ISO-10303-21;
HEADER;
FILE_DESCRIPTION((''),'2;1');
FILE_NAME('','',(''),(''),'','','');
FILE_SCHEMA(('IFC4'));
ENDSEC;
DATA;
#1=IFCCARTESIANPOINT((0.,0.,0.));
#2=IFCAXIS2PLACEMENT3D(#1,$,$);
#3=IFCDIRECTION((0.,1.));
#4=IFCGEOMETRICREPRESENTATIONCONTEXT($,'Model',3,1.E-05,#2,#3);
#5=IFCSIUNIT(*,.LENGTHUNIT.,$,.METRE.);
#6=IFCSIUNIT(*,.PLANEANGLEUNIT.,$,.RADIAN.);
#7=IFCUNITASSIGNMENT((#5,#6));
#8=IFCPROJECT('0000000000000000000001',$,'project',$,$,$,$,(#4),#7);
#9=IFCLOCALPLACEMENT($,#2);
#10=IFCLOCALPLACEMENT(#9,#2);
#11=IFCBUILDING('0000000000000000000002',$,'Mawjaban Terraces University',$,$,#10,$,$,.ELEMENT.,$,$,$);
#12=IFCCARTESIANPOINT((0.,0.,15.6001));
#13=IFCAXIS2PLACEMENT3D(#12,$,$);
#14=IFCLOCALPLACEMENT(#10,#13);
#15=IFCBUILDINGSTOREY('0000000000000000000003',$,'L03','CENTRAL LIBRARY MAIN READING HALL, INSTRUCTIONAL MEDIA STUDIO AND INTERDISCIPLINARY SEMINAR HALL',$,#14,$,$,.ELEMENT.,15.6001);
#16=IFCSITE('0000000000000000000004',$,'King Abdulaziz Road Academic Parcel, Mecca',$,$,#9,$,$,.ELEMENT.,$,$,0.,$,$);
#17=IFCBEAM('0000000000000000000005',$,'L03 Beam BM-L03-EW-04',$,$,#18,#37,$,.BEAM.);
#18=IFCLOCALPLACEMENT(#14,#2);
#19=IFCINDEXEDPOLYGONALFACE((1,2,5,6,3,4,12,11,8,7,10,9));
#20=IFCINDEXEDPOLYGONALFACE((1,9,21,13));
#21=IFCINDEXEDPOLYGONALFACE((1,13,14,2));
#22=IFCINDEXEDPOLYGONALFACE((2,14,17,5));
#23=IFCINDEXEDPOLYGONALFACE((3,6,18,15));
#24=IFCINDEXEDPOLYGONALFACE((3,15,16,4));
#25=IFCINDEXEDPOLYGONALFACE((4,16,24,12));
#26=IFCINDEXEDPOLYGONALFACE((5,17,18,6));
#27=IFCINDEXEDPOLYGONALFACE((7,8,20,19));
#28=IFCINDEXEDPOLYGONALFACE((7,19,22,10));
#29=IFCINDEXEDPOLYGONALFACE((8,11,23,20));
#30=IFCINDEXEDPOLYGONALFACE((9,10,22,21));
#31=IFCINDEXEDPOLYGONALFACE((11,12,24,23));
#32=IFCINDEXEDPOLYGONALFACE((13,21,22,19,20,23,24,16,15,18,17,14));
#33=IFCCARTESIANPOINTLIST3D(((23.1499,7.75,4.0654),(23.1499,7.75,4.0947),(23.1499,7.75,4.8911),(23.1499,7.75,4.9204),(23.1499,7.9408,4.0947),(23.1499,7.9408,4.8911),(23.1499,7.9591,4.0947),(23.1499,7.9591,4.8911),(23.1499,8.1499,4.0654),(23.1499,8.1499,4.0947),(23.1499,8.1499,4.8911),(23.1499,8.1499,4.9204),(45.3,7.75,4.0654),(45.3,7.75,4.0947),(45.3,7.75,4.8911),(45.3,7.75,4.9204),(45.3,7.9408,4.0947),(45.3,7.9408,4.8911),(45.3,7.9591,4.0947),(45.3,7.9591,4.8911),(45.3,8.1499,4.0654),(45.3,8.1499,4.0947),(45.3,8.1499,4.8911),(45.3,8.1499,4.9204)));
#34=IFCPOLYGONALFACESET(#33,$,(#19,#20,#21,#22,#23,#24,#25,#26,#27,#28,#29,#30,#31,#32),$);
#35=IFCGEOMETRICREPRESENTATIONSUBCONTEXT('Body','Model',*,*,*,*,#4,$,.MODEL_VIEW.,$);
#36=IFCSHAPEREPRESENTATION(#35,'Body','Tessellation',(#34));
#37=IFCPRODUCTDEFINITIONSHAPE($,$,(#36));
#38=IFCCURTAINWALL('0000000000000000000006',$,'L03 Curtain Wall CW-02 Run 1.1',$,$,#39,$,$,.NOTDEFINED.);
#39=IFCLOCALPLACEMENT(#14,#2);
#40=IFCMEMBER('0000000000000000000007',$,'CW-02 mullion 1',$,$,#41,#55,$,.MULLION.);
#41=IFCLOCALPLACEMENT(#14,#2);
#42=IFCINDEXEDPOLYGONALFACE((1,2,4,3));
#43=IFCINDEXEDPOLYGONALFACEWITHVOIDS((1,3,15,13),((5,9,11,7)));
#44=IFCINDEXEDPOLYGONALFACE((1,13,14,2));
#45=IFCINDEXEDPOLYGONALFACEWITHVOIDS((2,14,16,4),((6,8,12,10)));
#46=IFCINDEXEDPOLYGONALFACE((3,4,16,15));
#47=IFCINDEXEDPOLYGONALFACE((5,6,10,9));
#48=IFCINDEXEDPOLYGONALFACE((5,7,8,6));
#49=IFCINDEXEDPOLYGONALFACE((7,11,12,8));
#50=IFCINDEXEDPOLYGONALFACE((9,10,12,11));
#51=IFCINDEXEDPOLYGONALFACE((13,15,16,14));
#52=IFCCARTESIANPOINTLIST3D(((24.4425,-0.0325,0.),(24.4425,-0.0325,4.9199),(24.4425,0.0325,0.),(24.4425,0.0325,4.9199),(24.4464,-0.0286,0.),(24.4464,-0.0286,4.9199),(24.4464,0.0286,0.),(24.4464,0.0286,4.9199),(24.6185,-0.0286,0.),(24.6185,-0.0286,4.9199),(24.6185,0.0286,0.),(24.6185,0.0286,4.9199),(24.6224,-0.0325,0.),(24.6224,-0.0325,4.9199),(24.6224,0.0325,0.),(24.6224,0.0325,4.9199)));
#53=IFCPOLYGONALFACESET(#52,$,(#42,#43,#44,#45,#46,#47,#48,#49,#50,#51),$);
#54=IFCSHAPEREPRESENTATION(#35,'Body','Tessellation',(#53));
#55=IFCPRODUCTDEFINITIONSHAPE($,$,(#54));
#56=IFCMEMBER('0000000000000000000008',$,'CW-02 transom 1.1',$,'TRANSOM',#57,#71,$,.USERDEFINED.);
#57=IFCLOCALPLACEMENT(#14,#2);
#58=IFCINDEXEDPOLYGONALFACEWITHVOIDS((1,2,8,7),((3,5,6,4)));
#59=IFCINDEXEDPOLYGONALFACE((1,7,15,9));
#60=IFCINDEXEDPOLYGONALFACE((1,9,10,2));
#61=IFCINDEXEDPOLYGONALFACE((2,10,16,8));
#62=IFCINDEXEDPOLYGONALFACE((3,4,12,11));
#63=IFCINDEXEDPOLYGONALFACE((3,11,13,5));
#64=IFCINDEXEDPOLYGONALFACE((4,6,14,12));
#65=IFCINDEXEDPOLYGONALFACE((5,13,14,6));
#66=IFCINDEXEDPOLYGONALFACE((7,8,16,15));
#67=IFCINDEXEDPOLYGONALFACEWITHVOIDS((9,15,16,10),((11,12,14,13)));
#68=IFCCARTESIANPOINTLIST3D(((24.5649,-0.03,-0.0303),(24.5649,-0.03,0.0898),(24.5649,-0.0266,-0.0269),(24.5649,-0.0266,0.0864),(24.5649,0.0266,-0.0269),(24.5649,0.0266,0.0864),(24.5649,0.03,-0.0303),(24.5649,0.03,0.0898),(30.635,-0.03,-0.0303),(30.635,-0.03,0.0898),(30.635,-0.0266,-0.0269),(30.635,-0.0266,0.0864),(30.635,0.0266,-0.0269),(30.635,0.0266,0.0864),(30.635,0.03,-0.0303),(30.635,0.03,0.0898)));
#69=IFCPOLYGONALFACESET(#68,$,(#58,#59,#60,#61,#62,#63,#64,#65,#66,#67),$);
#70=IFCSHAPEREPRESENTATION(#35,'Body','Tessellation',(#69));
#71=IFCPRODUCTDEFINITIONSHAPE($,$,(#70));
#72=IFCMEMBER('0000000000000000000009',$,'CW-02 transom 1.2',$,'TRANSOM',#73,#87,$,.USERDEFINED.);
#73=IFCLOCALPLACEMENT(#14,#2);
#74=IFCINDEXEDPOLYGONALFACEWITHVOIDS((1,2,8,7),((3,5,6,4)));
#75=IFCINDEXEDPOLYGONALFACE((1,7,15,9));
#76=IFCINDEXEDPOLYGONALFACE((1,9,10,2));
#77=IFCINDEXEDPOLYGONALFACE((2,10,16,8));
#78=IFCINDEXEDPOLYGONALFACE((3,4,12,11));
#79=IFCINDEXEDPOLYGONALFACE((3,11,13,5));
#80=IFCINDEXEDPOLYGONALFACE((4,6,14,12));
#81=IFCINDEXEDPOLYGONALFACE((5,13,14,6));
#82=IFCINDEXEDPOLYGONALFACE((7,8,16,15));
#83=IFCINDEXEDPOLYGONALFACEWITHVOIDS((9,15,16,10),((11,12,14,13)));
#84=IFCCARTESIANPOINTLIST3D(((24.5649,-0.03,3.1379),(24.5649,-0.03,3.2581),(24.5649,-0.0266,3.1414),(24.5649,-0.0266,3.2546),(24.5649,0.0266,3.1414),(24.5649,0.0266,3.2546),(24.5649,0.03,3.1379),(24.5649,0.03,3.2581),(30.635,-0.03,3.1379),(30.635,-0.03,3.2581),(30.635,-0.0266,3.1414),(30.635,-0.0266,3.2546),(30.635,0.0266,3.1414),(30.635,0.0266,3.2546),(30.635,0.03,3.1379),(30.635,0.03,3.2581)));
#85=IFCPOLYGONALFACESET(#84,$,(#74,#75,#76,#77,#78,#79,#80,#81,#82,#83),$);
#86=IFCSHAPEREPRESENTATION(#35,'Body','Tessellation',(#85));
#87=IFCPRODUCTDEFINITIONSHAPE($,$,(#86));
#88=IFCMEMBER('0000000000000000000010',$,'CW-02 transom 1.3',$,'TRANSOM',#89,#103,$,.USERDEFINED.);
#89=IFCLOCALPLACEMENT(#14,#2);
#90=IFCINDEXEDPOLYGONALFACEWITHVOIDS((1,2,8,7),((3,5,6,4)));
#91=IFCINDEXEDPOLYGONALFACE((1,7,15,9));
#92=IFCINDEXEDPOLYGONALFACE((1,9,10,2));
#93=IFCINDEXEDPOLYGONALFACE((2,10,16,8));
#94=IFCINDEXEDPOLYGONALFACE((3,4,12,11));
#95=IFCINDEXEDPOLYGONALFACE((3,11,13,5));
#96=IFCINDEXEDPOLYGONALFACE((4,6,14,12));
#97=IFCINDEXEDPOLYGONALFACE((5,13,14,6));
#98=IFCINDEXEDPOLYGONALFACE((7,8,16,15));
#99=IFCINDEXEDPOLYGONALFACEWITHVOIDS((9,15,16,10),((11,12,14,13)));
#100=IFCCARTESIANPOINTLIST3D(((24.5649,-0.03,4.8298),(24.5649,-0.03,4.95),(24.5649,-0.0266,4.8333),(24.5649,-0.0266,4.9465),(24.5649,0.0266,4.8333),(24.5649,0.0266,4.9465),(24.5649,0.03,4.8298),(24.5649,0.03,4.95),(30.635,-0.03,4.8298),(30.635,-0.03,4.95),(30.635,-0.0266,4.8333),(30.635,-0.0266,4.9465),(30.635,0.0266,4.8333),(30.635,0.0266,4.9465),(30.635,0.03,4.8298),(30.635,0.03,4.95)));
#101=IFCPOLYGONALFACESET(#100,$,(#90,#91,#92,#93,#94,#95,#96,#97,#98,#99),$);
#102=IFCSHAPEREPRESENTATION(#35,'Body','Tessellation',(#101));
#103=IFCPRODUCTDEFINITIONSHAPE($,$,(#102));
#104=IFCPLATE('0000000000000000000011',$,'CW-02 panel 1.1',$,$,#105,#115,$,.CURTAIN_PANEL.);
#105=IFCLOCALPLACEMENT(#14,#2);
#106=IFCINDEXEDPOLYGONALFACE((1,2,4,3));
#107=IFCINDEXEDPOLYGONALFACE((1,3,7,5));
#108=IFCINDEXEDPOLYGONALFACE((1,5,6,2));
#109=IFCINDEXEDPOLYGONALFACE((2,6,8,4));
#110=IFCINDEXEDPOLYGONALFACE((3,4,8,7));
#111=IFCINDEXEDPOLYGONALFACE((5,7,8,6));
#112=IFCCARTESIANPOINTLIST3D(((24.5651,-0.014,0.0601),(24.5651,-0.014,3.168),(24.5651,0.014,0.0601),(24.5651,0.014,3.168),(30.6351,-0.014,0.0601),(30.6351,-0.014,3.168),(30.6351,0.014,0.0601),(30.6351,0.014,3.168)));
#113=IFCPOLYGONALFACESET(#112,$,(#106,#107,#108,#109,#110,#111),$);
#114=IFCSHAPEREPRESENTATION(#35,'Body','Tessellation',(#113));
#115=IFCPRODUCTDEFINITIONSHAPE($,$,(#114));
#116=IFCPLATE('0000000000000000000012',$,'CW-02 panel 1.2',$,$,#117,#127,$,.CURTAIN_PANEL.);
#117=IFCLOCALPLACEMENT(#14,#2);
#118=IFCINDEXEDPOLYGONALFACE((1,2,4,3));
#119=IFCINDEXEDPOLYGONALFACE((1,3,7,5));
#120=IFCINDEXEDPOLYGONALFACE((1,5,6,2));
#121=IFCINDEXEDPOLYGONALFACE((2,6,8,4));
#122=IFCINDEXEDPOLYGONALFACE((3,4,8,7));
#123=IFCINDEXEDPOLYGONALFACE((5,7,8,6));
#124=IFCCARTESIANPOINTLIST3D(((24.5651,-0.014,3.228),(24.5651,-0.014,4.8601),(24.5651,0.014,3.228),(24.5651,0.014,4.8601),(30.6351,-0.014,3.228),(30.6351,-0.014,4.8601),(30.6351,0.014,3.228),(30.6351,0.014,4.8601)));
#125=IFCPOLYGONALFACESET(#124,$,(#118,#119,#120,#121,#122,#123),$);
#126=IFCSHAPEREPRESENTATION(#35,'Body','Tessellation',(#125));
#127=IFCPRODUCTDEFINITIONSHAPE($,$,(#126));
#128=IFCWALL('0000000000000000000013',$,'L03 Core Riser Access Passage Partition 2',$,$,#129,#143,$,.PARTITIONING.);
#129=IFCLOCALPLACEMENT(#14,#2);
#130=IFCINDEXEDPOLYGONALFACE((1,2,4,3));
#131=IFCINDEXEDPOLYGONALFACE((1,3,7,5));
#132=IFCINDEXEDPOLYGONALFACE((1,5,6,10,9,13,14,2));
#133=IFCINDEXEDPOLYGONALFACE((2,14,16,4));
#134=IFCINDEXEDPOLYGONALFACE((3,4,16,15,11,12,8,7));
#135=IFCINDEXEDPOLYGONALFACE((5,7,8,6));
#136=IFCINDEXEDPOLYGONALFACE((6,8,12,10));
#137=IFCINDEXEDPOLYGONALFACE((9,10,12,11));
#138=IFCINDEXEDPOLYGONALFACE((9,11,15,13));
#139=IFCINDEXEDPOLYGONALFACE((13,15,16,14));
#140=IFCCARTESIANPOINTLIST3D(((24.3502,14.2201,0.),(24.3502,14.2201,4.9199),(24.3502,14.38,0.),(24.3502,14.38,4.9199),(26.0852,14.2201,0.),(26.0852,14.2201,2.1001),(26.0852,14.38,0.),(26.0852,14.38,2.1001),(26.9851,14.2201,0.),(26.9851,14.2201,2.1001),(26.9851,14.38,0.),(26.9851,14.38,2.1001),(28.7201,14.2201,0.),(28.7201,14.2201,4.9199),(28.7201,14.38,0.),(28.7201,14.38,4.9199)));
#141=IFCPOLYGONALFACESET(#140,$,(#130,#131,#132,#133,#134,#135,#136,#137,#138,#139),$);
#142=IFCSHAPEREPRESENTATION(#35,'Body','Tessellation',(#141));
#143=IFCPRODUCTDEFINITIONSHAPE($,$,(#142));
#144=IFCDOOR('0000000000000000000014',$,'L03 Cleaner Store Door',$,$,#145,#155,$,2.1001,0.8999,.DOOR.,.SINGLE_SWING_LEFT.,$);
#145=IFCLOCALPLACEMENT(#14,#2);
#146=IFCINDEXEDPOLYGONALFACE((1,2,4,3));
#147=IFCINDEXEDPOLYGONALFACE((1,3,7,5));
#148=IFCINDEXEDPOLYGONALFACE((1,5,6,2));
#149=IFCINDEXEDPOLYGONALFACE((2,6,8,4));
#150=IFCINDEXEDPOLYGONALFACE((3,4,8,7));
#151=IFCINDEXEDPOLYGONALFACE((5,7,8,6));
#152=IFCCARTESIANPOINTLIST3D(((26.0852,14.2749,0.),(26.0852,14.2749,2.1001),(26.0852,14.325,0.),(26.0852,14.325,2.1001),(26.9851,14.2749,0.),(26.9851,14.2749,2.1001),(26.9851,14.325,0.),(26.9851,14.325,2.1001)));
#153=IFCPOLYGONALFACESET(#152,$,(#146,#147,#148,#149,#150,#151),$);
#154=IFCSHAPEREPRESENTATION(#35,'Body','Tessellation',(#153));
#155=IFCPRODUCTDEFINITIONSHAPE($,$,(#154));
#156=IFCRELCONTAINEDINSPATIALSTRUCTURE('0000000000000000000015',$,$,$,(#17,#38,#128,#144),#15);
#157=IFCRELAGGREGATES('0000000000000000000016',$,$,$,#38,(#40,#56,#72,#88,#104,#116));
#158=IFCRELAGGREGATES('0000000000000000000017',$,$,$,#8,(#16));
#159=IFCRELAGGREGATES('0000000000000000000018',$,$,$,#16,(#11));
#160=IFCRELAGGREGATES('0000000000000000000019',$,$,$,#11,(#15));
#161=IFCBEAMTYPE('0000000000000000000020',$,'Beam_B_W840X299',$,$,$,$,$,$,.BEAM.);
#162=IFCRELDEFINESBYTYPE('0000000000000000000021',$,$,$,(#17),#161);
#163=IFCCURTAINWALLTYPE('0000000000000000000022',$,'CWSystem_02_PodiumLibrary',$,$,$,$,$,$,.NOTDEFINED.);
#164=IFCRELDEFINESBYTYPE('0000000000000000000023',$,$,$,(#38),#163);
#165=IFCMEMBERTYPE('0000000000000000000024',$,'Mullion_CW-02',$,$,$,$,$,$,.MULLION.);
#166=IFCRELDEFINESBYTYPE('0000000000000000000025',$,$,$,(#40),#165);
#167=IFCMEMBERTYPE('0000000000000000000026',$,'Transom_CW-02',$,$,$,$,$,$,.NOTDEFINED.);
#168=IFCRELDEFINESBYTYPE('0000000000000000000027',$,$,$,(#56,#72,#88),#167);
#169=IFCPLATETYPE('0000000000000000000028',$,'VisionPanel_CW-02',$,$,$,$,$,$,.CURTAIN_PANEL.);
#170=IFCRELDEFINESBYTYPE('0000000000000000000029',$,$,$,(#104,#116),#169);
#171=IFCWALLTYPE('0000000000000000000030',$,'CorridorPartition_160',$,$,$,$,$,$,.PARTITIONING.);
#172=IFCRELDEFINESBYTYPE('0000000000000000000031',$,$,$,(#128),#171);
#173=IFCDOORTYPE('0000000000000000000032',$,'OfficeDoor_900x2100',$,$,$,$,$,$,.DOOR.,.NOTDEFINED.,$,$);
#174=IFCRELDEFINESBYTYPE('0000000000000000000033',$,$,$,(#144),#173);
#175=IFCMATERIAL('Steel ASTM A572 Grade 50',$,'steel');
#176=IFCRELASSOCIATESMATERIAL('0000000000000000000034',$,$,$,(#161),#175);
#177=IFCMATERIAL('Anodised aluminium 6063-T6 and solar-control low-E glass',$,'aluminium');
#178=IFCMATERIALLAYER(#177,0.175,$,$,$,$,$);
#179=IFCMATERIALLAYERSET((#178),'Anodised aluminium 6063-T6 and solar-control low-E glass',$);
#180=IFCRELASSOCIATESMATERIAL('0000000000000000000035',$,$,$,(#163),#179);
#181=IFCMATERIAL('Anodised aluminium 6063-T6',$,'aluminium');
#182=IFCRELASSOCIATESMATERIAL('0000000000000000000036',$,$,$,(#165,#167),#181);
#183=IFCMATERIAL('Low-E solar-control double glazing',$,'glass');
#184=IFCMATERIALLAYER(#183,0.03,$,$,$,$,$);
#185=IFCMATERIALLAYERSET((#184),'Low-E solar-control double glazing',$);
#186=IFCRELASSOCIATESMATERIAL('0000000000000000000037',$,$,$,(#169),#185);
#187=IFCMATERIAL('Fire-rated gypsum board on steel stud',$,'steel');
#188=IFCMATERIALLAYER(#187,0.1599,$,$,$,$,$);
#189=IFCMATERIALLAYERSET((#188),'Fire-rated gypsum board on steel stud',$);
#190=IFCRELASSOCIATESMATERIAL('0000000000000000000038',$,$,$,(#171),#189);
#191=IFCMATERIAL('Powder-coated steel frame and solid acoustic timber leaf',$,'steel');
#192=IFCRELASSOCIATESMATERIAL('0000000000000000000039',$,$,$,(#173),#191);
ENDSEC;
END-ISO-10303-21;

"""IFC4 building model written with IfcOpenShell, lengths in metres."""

from ifc_helpers import new_model, si_unit, direction, frame, frame_2d, origin, origin_2d, place, context, subcontext, project, spatial, rectangle, hollow_rectangle, i_section, extrude, material, layer, layer_set, material_profile, profile_set, type_object, element, fill, aggregate, save


model = new_model("IFC4")

# Units and contexts
model_context = context("Model", 3, precision=1e-05, world=origin(), true_north=direction((0.0, 1.0)))
body_context = subcontext(model_context, "Body", "Model", "MODEL_VIEW")
ifc_project = project(units=[si_unit("LENGTHUNIT", "METRE"), si_unit("PLANEANGLEUNIT", "RADIAN")], contexts=[model_context])

# Site, building, storey
site_placement = place(None, origin())
site = spatial("IfcSite", under=ifc_project, at=site_placement, Name="King Abdulaziz Road Academic Parcel, Mecca", CompositionType="ELEMENT", RefElevation=0.0)
building_placement = place(site_placement, origin())
building = spatial("IfcBuilding", under=site, at=building_placement, Name="Mawjaban Terraces University", CompositionType="ELEMENT")
storey_placement = place(building_placement, frame((0.0, 0.0, 15.6001)))
storey = spatial("IfcBuildingStorey", under=building, at=storey_placement, Name="L03", Description="CENTRAL LIBRARY MAIN READING HALL, INSTRUCTIONAL MEDIA STUDIO AND INTERDISCIPLINARY SEMINAR HALL", CompositionType="ELEMENT", Elevation=15.6001)

# Beam
ifc_material_1 = material(Name="Steel ASTM A572 Grade 50", Category="steel")
ifc_material_profile_1 = material_profile(ifc_material_1, i_section(OverallWidth=0.3999, OverallDepth=0.855, WebThickness=0.0183, FlangeThickness=0.0293, at=origin_2d()), Name="W840X299")
ifc_profile_set_1 = profile_set([ifc_material_profile_1], Name="Steel ASTM A572 Grade 50")
beam_type = type_object("IfcBeamType", Name="Beam_B_W840X299", PredefinedType="BEAM", material=ifc_profile_set_1)
beam_placement = place(storey_placement, frame((23.1499, 7.95, 4.4929), z_axis=(1.0, 0.0, 0.0), x_axis=(0.0, 1.0, 0.0)))
element("IfcBeam", 1, at=beam_placement, inside=storey, type_object=beam_type, Name="L03 Beam BM-L03-EW-04", PredefinedType="BEAM", context=body_context, shape_type="SweptSolid", body=[
    extrude(i_section(OverallWidth=0.3999, OverallDepth=0.855, WebThickness=0.0183, FlangeThickness=0.0293, at=origin_2d()), origin(), (0.0, 0.0, 1.0), 22.1501),
])

# Curtain wall, members, plates
ifc_material_2 = material(Name="Anodised aluminium 6063-T6 and solar-control low-E glass", Category="aluminium")
ifc_layer_1 = layer(ifc_material_2, 0.175)
ifc_layer_set_1 = layer_set([ifc_layer_1], Name="Anodised aluminium 6063-T6 and solar-control low-E glass")
curtain_wall_type = type_object("IfcCurtainWallType", Name="CWSystem_02_PodiumLibrary", PredefinedType="NOTDEFINED", material=ifc_layer_set_1)
curtain_wall_placement = place(storey_placement, origin())
curtain_wall = element("IfcCurtainWall", 2, at=curtain_wall_placement, inside=storey, type_object=curtain_wall_type, Name="L03 Curtain Wall CW-02 Run 1.1", PredefinedType="NOTDEFINED")
ifc_material_3 = material(Name="Anodised aluminium 6063-T6", Category="aluminium")
ifc_material_profile_2 = material_profile(ifc_material_3, hollow_rectangle(XDim=0.0649, YDim=0.1799, WallThickness=0.0039, at=origin_2d()), Name="ALU180X65X4")
ifc_profile_set_2 = profile_set([ifc_material_profile_2], Name="Anodised aluminium 6063-T6")
member_type_1 = type_object("IfcMemberType", Name="Mullion_CW-02", PredefinedType="MULLION", material=ifc_profile_set_2)
member_1_placement = place(storey_placement, frame((24.5325, 0.0, 0.0), z_axis=(0.0, 0.0, 1.0), x_axis=(0.0, 1.0, 0.0)))
member_1 = element("IfcMember", 3, at=member_1_placement, type_object=member_type_1, Name="CW-02 mullion 1", PredefinedType="MULLION", context=body_context, shape_type="SweptSolid", body=[
    extrude(hollow_rectangle(XDim=0.0649, YDim=0.1799, WallThickness=0.0039, at=origin_2d()), origin(), (0.0, 0.0, 1.0), 4.9199),
])
ifc_material_profile_3 = material_profile(ifc_material_3, hollow_rectangle(XDim=0.0601, YDim=0.1201, WallThickness=0.0034, at=origin_2d()), Name="ALU120X60X3.5")
ifc_profile_set_3 = profile_set([ifc_material_profile_3], Name="Anodised aluminium 6063-T6")
member_type_2 = type_object("IfcMemberType", Name="Transom_CW-02", PredefinedType="NOTDEFINED", material=ifc_profile_set_3)
member_2_placement = place(storey_placement, frame((24.5649, 0.0, 0.0298), z_axis=(1.0, 0.0, 0.0), x_axis=(0.0, 1.0, 0.0)))
member_2 = element("IfcMember", 4, at=member_2_placement, type_object=member_type_2, Name="CW-02 transom 1.1", ObjectType="TRANSOM", PredefinedType="USERDEFINED", context=body_context, shape_type="SweptSolid", body=[
    extrude(hollow_rectangle(XDim=0.0601, YDim=0.1201, WallThickness=0.0034, at=origin_2d()), origin(), (0.0, 0.0, 1.0), 6.0701),
])
member_3_placement = place(storey_placement, frame((24.5649, 0.0, 3.198), z_axis=(1.0, 0.0, 0.0), x_axis=(0.0, 1.0, 0.0)))
member_3 = element("IfcMember", 5, at=member_3_placement, type_object=member_type_2, Name="CW-02 transom 1.2", ObjectType="TRANSOM", PredefinedType="USERDEFINED", context=body_context, shape_type="SweptSolid", body=[
    extrude(hollow_rectangle(XDim=0.0601, YDim=0.1201, WallThickness=0.0034, at=origin_2d()), origin(), (0.0, 0.0, 1.0), 6.0701),
])
member_4_placement = place(storey_placement, frame((24.5649, 0.0, 4.8899), z_axis=(1.0, 0.0, 0.0), x_axis=(0.0, 1.0, 0.0)))
member_4 = element("IfcMember", 6, at=member_4_placement, type_object=member_type_2, Name="CW-02 transom 1.3", ObjectType="TRANSOM", PredefinedType="USERDEFINED", context=body_context, shape_type="SweptSolid", body=[
    extrude(hollow_rectangle(XDim=0.0601, YDim=0.1201, WallThickness=0.0034, at=origin_2d()), origin(), (0.0, 0.0, 1.0), 6.0701),
])
ifc_material_4 = material(Name="Low-E solar-control double glazing", Category="glass")
ifc_layer_2 = layer(ifc_material_4, 0.03)
ifc_layer_set_2 = layer_set([ifc_layer_2], Name="Low-E solar-control double glazing")
plate_type = type_object("IfcPlateType", Name="VisionPanel_CW-02", PredefinedType="CURTAIN_PANEL", material=ifc_layer_set_2)
plate_1_placement = place(storey_placement, frame((27.6001, 0.0, 0.0601), z_axis=(0.0, 0.0, 1.0), x_axis=(1.0, 0.0, 0.0)))
plate_1 = element("IfcPlate", 7, at=plate_1_placement, type_object=plate_type, Name="CW-02 panel 1.1", PredefinedType="CURTAIN_PANEL", context=body_context, shape_type="SweptSolid", body=[
    extrude(rectangle(XDim=6.0701, YDim=0.0281, at=origin_2d()), origin(), (0.0, 0.0, 1.0), 3.1079),
])
plate_2_placement = place(storey_placement, frame((27.6001, 0.0, 3.228), z_axis=(0.0, 0.0, 1.0), x_axis=(1.0, 0.0, 0.0)))
plate_2 = element("IfcPlate", 8, at=plate_2_placement, type_object=plate_type, Name="CW-02 panel 1.2", PredefinedType="CURTAIN_PANEL", context=body_context, shape_type="SweptSolid", body=[
    extrude(rectangle(XDim=6.0701, YDim=0.0281, at=origin_2d()), origin(), (0.0, 0.0, 1.0), 1.6321),
])
aggregate(curtain_wall, [member_1, member_2, member_3, member_4, plate_1, plate_2])

# Wall, opening, door
ifc_material_5 = material(Name="Fire-rated gypsum board on steel stud", Category="steel")
ifc_layer_3 = layer(ifc_material_5, 0.1599)
ifc_layer_set_3 = layer_set([ifc_layer_3], Name="Fire-rated gypsum board on steel stud")
wall_type_1 = type_object("IfcWallType", Name="CorridorPartition_160", PredefinedType="PARTITIONING", material=ifc_layer_set_3)
wall_1_placement = place(storey_placement, frame((24.3501, 14.3, 0.0), z_axis=(0.0, 0.0, 1.0), x_axis=(1.0, 0.0, 0.0)))
wall_1 = element("IfcWall", 9, at=wall_1_placement, inside=storey, type_object=wall_type_1, Name="L03 Core Riser Access Passage Partition 2", PredefinedType="PARTITIONING", context=body_context, shape_type="SweptSolid", body=[
    extrude(rectangle(XDim=4.3699, YDim=0.1599, at=frame_2d((2.1851, 0.0))), origin(), (0.0, 0.0, 1.0), 4.9199),
])
opening_1_placement = place(wall_1_placement, frame((1.7351, 0.0, 0.0)))
opening_1 = element("IfcOpeningElement", 10, at=opening_1_placement, cuts=wall_1, PredefinedType="OPENING", context=body_context, shape_type="SweptSolid", body=[
    extrude(rectangle(XDim=0.8999, YDim=2.1001, at=frame_2d((0.45, 1.05))), frame((0.0, 0.0898, 0.0), z_axis=(0.0, -1.0, 0.0), x_axis=(1.0, 0.0, 0.0)), (0.0, 0.0, 1.0), 0.1799),
])
ifc_material_6 = material(Name="Powder-coated steel frame and solid acoustic timber leaf", Category="steel")
door_type_1 = type_object("IfcDoorType", Name="OfficeDoor_900x2100", OperationType="NOTDEFINED", PredefinedType="DOOR", material=ifc_material_6)
door_1_placement = place(opening_1_placement, origin())
door_1 = element("IfcDoor", 11, at=door_1_placement, inside=storey, type_object=door_type_1, Name="L03 Cleaner Store Door", OperationType="SINGLE_SWING_LEFT", OverallHeight=2.1001, OverallWidth=0.8999, PredefinedType="DOOR", context=body_context, shape_type="SweptSolid", body=[
    extrude(rectangle(XDim=0.8999, YDim=2.1001, at=frame_2d((0.45, 1.05))), frame((0.0, 0.0249, 0.0), z_axis=(0.0, -1.0, 0.0), x_axis=(1.0, 0.0, 0.0)), (0.0, 0.0, 1.0), 0.05),
])
fill(opening_1, door_1)

save(model, "model.ifc")
